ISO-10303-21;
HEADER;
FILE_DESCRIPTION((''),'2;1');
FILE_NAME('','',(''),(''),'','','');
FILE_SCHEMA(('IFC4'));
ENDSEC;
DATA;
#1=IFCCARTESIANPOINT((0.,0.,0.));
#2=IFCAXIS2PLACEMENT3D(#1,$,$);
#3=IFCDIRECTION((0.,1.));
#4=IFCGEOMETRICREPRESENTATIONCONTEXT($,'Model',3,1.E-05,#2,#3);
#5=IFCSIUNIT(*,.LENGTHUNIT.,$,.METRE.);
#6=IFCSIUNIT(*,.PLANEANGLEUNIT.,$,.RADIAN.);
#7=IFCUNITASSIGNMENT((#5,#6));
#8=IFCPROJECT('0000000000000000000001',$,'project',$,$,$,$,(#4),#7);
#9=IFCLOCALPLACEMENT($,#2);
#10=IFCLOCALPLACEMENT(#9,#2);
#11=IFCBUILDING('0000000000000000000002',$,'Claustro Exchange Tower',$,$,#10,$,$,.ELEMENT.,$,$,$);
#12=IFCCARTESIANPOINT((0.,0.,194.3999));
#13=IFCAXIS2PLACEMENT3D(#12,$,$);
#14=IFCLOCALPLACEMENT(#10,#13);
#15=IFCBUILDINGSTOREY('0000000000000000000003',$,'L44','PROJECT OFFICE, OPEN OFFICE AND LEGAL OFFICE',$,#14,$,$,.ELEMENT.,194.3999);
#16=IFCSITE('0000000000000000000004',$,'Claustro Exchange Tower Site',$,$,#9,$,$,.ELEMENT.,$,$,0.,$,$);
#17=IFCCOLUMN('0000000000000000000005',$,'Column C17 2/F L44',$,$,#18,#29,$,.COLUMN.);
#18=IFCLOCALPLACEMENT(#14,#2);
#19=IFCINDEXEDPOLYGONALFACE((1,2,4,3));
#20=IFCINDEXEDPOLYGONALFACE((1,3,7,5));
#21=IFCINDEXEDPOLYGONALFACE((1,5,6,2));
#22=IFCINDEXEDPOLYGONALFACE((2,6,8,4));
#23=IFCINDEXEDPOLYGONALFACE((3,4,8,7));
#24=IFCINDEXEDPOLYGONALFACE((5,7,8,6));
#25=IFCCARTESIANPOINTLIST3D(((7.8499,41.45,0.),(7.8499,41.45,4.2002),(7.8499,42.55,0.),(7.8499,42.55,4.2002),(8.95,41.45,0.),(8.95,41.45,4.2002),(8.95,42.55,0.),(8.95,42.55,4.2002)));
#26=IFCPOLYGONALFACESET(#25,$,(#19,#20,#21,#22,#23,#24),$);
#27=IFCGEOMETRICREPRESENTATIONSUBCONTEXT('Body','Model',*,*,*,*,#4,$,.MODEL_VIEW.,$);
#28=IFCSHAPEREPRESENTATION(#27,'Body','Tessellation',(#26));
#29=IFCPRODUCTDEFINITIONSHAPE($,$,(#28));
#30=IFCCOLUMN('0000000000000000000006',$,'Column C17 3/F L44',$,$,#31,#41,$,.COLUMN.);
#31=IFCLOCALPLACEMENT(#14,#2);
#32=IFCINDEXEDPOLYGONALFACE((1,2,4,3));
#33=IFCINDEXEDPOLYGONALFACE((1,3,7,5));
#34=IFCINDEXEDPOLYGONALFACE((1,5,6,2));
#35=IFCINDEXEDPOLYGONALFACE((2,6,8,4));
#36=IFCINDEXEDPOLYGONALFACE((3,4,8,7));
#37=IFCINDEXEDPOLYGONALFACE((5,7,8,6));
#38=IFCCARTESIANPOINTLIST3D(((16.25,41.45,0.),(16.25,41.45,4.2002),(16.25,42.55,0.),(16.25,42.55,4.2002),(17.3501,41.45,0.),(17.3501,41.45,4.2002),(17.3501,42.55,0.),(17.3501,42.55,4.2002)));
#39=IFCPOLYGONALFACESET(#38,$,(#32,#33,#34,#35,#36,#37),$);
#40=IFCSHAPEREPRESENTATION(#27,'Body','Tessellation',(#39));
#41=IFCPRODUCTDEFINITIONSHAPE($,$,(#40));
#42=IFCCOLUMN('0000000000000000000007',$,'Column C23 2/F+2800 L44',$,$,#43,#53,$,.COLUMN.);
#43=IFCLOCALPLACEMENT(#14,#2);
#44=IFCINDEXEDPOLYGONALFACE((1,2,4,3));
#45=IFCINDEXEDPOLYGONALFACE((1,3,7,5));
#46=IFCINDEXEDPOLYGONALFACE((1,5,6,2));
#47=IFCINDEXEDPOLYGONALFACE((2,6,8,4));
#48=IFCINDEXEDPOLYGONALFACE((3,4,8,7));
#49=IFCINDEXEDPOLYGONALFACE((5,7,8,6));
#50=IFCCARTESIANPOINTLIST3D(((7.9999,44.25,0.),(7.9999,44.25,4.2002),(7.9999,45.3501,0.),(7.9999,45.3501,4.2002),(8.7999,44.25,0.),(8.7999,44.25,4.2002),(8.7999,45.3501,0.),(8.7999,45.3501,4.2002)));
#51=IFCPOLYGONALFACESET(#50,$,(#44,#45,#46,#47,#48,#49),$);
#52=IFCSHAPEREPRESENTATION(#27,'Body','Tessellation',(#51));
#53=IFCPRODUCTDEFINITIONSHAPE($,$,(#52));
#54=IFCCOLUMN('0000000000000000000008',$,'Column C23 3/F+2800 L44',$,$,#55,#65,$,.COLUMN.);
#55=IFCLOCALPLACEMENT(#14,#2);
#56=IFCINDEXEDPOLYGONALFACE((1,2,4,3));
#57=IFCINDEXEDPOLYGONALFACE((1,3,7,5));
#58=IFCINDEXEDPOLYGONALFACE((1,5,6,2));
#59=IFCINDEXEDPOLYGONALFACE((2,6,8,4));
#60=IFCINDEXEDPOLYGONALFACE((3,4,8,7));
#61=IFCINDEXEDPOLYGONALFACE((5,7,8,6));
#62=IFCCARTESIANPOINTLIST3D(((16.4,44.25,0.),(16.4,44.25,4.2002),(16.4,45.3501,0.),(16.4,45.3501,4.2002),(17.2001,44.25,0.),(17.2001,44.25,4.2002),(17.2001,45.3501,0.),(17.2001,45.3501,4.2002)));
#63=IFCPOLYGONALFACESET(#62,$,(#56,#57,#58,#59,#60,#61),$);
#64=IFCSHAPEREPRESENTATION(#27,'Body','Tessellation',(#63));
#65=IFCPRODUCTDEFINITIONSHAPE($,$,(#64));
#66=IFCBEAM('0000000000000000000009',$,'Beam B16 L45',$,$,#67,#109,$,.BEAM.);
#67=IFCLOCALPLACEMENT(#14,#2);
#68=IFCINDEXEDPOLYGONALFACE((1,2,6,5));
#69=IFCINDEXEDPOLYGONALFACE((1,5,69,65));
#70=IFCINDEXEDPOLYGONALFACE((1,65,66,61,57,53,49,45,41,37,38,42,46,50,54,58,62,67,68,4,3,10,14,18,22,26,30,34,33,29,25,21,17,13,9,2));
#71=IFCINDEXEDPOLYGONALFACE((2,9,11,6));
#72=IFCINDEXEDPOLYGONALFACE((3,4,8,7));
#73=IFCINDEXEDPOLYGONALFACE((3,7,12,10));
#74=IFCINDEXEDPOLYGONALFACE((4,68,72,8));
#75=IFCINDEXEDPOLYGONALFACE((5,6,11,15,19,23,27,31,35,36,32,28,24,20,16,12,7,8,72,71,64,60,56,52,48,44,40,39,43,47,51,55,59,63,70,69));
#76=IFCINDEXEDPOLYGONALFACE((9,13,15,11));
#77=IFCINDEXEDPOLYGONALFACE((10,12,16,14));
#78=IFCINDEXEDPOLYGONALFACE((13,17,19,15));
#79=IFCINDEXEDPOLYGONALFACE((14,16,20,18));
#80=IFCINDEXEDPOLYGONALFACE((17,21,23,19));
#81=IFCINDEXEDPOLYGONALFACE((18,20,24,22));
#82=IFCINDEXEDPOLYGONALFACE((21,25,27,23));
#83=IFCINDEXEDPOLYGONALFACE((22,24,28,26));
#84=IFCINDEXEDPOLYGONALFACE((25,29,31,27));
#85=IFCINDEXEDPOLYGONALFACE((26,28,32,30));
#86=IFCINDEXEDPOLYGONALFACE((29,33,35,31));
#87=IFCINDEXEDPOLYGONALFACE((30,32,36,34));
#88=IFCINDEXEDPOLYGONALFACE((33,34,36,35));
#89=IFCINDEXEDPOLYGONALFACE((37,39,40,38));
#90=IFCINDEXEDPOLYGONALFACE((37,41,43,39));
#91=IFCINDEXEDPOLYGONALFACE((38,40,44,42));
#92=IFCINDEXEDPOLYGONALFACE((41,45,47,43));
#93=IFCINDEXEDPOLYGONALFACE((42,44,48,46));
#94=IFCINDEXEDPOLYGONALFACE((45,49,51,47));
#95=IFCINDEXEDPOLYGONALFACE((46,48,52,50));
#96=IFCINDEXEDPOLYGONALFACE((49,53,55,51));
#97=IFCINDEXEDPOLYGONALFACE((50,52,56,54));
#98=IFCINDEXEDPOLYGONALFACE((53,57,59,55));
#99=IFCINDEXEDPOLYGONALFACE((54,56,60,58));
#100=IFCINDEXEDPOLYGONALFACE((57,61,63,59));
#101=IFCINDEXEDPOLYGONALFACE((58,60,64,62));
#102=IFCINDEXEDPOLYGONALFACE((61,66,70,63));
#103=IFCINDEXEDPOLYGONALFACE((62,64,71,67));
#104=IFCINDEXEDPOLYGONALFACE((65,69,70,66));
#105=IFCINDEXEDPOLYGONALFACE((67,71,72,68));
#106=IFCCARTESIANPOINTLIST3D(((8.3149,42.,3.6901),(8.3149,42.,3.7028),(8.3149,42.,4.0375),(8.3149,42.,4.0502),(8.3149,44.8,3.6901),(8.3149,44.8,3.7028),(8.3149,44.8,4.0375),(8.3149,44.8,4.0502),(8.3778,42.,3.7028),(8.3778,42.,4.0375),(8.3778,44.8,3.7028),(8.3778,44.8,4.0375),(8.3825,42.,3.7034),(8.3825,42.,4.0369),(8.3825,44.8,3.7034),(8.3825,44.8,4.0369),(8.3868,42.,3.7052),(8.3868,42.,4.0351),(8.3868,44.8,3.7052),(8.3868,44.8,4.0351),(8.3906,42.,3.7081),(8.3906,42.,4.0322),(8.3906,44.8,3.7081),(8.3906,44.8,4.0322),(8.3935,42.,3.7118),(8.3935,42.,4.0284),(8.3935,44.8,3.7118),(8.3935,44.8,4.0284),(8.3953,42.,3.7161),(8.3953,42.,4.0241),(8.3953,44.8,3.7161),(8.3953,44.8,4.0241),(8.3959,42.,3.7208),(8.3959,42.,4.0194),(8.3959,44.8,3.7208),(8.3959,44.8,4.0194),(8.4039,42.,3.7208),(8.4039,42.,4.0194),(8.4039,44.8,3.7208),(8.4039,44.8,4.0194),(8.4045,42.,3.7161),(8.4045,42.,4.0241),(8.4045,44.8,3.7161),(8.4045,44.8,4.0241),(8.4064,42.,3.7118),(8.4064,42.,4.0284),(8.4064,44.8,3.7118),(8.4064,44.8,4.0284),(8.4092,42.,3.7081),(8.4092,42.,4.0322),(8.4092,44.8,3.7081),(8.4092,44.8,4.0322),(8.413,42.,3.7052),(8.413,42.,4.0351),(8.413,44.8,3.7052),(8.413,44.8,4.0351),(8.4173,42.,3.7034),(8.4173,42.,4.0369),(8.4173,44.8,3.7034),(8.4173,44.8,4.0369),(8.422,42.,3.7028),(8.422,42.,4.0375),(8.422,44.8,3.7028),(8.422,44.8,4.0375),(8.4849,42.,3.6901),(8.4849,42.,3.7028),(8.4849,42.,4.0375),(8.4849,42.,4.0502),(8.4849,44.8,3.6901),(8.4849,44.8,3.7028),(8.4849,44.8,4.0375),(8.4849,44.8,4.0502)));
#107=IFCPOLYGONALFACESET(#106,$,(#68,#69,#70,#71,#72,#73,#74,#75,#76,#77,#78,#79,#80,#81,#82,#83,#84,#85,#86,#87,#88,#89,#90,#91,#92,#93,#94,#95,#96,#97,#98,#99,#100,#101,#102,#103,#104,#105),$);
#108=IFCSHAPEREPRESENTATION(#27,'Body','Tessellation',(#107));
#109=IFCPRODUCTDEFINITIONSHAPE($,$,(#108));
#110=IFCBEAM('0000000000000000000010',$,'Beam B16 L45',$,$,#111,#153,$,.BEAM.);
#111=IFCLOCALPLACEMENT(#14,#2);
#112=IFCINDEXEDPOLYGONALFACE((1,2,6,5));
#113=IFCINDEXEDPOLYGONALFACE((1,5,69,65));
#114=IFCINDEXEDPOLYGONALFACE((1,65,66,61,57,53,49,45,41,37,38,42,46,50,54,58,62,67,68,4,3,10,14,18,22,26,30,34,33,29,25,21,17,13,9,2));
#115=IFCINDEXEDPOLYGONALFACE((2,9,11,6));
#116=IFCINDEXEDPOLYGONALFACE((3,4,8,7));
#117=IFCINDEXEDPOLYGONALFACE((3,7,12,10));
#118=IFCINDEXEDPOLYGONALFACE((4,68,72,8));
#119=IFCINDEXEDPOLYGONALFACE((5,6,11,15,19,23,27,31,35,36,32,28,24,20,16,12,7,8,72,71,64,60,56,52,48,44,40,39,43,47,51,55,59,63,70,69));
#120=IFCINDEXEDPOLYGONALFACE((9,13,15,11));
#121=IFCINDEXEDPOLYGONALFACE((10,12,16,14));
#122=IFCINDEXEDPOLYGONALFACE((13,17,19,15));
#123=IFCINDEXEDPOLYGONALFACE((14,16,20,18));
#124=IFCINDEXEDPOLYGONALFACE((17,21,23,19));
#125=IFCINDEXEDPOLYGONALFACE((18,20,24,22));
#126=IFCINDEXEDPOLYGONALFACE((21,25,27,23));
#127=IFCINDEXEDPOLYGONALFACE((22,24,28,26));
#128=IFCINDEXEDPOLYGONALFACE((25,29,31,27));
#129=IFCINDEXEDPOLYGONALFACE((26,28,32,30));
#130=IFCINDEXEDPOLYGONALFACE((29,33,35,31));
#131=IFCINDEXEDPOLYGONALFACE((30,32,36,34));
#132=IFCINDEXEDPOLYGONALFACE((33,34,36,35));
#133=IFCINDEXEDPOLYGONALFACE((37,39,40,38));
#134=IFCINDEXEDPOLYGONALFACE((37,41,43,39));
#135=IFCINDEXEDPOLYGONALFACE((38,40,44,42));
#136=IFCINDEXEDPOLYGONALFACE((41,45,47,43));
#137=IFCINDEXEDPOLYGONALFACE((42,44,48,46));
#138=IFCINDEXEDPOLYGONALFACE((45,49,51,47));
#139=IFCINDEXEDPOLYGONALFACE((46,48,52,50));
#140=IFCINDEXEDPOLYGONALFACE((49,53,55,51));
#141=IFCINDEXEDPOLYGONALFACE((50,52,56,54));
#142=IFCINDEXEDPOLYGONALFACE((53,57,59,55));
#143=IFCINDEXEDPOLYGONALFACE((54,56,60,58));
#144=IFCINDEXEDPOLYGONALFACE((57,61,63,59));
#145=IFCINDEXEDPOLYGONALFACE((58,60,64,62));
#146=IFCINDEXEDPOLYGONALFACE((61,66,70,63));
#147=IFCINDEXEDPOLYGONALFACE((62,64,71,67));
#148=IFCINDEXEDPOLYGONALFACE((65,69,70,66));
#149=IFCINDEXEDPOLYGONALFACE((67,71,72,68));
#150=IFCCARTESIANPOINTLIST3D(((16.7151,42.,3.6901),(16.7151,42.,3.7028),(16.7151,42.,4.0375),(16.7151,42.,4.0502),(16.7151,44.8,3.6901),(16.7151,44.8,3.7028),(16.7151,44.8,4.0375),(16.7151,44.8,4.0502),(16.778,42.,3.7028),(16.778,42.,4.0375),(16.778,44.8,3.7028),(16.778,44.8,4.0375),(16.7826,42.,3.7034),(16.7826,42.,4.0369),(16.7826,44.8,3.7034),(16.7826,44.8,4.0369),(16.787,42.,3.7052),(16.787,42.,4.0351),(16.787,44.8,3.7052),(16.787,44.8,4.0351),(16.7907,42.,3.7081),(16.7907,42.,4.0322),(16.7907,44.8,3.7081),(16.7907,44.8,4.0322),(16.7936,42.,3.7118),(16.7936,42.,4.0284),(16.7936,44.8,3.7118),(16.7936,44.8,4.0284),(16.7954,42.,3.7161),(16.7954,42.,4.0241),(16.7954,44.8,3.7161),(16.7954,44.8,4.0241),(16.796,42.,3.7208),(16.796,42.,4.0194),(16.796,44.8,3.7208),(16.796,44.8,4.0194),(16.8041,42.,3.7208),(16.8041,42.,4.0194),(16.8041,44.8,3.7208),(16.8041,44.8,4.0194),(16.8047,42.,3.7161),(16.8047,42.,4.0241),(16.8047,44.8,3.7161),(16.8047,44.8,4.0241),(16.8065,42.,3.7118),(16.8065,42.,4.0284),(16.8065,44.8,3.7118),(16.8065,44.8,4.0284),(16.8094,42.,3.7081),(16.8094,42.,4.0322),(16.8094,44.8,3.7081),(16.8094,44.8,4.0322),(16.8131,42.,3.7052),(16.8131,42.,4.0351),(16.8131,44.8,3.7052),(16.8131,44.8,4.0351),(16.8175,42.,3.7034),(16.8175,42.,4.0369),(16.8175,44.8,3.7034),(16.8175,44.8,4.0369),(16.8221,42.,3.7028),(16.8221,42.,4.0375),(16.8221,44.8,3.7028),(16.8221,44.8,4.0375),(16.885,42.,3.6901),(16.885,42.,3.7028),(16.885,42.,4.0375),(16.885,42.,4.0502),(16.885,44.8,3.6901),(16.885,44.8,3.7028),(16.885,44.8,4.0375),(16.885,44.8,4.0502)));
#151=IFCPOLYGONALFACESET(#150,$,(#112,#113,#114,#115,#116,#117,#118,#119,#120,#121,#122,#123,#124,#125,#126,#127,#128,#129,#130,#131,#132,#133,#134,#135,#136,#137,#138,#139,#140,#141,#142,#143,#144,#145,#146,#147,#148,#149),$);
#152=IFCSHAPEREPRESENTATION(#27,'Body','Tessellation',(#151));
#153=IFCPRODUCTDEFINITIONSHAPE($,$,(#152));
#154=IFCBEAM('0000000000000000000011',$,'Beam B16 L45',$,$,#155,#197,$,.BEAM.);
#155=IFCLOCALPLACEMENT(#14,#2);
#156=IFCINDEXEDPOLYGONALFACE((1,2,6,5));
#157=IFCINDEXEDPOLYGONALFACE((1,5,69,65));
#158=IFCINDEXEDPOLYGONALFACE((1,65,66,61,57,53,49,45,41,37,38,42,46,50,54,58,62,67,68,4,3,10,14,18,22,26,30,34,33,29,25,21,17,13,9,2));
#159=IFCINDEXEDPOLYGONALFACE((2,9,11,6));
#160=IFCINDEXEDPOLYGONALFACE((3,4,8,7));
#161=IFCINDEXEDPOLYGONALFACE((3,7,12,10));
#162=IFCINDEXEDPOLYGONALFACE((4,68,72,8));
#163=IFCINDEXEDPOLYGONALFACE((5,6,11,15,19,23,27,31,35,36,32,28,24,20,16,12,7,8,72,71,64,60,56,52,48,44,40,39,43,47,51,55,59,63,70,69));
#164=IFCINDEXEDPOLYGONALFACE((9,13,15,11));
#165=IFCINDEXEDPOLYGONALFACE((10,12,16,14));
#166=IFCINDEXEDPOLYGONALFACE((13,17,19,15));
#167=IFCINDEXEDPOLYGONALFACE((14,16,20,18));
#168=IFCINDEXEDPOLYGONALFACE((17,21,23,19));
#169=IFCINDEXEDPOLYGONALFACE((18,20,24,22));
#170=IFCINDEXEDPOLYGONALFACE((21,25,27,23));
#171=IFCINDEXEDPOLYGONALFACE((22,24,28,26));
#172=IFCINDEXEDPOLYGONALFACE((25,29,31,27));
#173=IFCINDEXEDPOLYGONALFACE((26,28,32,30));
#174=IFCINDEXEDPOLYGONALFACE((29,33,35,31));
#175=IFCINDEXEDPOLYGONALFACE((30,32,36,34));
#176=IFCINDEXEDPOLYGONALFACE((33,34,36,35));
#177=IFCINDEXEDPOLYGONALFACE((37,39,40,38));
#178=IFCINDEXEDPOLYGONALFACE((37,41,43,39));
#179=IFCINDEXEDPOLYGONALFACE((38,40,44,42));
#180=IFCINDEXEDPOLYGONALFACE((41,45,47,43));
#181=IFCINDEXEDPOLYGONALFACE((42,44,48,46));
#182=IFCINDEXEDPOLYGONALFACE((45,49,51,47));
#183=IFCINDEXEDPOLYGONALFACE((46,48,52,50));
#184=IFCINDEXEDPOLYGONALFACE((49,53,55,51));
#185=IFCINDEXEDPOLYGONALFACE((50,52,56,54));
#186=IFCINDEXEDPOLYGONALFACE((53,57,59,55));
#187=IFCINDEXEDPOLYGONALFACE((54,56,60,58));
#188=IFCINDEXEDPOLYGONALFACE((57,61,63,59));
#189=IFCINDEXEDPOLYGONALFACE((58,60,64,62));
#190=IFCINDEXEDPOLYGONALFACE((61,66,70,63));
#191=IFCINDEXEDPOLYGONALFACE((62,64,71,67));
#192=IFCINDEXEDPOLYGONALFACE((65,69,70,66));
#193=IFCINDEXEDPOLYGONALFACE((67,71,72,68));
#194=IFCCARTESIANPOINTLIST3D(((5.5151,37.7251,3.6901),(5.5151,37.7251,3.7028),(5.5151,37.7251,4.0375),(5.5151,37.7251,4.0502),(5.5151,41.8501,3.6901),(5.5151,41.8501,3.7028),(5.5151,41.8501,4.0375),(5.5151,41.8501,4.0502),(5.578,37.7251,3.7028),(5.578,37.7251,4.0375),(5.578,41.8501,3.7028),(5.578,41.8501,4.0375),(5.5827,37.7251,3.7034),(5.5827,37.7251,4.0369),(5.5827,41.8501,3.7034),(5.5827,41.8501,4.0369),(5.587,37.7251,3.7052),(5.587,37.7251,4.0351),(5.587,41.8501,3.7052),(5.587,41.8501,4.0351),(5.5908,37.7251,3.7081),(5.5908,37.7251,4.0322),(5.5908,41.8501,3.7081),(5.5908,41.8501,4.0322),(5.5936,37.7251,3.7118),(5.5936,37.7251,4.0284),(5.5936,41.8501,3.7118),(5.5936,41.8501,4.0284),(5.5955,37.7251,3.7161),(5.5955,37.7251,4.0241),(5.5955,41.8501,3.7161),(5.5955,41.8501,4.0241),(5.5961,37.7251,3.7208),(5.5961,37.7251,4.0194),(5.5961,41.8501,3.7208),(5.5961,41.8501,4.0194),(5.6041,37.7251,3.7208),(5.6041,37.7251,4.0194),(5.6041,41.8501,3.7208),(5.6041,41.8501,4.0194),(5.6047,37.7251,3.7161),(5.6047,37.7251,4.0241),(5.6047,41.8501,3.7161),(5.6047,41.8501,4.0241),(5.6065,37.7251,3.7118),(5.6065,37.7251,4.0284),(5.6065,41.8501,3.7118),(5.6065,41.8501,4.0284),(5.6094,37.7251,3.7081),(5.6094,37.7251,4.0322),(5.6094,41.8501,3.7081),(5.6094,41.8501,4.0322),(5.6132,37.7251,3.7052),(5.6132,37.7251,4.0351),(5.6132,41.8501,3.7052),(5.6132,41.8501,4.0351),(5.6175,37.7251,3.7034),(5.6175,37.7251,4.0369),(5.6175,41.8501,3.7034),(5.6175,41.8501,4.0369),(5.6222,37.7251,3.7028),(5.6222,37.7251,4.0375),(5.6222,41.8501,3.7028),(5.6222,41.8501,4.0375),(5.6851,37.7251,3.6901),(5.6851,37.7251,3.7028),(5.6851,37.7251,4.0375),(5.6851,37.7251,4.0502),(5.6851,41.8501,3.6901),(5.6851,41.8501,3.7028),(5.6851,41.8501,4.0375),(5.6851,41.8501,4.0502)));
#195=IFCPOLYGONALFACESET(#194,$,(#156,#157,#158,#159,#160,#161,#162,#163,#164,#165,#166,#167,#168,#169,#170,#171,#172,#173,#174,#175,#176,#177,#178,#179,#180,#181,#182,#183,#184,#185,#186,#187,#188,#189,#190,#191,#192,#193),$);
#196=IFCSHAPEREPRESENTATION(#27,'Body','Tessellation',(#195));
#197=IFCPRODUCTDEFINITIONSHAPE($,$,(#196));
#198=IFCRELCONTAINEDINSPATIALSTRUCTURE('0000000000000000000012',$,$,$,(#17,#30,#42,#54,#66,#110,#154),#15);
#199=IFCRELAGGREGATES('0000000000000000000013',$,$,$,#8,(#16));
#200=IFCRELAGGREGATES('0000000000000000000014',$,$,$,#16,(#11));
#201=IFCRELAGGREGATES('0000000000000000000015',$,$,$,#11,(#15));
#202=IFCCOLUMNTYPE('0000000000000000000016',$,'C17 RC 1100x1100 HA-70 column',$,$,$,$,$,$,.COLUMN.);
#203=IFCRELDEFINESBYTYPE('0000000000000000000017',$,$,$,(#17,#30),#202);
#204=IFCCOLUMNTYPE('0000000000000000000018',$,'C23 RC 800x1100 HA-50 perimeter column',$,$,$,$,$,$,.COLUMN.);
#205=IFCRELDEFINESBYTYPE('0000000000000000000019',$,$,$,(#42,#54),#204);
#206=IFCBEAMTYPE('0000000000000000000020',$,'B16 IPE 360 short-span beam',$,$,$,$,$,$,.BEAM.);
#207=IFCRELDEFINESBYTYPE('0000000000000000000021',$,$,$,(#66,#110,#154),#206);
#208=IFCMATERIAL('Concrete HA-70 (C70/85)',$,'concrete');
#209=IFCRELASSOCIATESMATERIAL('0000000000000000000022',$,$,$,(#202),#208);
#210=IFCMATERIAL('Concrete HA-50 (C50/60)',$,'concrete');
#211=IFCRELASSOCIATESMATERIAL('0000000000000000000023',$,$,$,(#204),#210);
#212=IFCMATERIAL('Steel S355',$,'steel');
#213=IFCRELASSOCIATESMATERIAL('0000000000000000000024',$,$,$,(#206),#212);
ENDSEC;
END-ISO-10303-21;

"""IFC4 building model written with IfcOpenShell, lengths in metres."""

from ifc_helpers import new_model, si_unit, direction, frame, origin, origin_2d, place, context, subcontext, project, spatial, rectangle, i_section, extrude, material, material_profile, profile_set, type_object, element, save


model = new_model("IFC4")

# Units and contexts
model_context = context("Model", 3, precision=1e-05, world=origin(), true_north=direction((0.0, 1.0)))
body_context = subcontext(model_context, "Body", "Model", "MODEL_VIEW")
ifc_project = project(units=[si_unit("LENGTHUNIT", "METRE"), si_unit("PLANEANGLEUNIT", "RADIAN")], contexts=[model_context])

# Site, building, storey
site_placement = place(None, origin())
site = spatial("IfcSite", under=ifc_project, at=site_placement, Name="Claustro Exchange Tower Site", CompositionType="ELEMENT", RefElevation=0.0)
building_placement = place(site_placement, origin())
building = spatial("IfcBuilding", under=site, at=building_placement, Name="Claustro Exchange Tower", CompositionType="ELEMENT")
storey_placement = place(building_placement, frame((0.0, 0.0, 194.3999)))
storey = spatial("IfcBuildingStorey", under=building, at=storey_placement, Name="L44", Description="PROJECT OFFICE, OPEN OFFICE AND LEGAL OFFICE", CompositionType="ELEMENT", Elevation=194.3999)

# Columns
ifc_material_1 = material(Name="Concrete HA-70 (C70/85)", Category="concrete")
ifc_material_profile_1 = material_profile(ifc_material_1, rectangle(XDim=1.1001, YDim=1.1001, at=origin_2d()), Name="RC 1100x1100")
ifc_profile_set_1 = profile_set([ifc_material_profile_1], Name="Concrete HA-70 (C70/85)")
column_type_1 = type_object("IfcColumnType", Name="C17 RC 1100x1100 HA-70 column", PredefinedType="COLUMN", material=ifc_profile_set_1)
for number, where, z_axis, x_axis, name in (
    (1, (8.3999, 42.0, 0.0), (0.0, 0.0, 1.0), (1.0, 0.0, 0.0), "Column C17 2/F L44"),
    (2, (16.8, 42.0, 0.0), (0.0, 0.0, 1.0), (1.0, 0.0, 0.0), "Column C17 3/F L44"),
):
    element("IfcColumn", number, at=place(storey_placement, frame(where, z_axis=z_axis, x_axis=x_axis)), inside=storey, type_object=column_type_1, Name=name, PredefinedType="COLUMN", context=body_context, shape_type="SweptSolid", body=[
        extrude(rectangle(XDim=1.1001, YDim=1.1001, at=origin_2d()), origin(), (0.0, 0.0, 1.0), 4.2002),
    ])
ifc_material_2 = material(Name="Concrete HA-50 (C50/60)", Category="concrete")
ifc_material_profile_2 = material_profile(ifc_material_2, rectangle(XDim=0.8, YDim=1.1001, at=origin_2d()), Name="RC 800x1100")
ifc_profile_set_2 = profile_set([ifc_material_profile_2], Name="Concrete HA-50 (C50/60)")
column_type_2 = type_object("IfcColumnType", Name="C23 RC 800x1100 HA-50 perimeter column", PredefinedType="COLUMN", material=ifc_profile_set_2)
for number, where, z_axis, x_axis, name in (
    (3, (8.3999, 44.8, 0.0), (0.0, 0.0, 1.0), (1.0, 0.0, 0.0), "Column C23 2/F+2800 L44"),
    (4, (16.8, 44.8, 0.0), (0.0, 0.0, 1.0), (1.0, 0.0, 0.0), "Column C23 3/F+2800 L44"),
):
    element("IfcColumn", number, at=place(storey_placement, frame(where, z_axis=z_axis, x_axis=x_axis)), inside=storey, type_object=column_type_2, Name=name, PredefinedType="COLUMN", context=body_context, shape_type="SweptSolid", body=[
        extrude(rectangle(XDim=0.8, YDim=1.1001, at=origin_2d()), origin(), (0.0, 0.0, 1.0), 4.2002),
    ])

# Beams
ifc_material_3 = material(Name="Steel S355", Category="steel")
ifc_material_profile_3 = material_profile(ifc_material_3, i_section(OverallWidth=0.1699, OverallDepth=0.3601, WebThickness=0.0081, FlangeThickness=0.0127, FilletRadius=0.0181, at=origin_2d()), Name="IPE 360")
ifc_profile_set_3 = profile_set([ifc_material_profile_3], Name="Steel S355")
beam_type_1 = type_object("IfcBeamType", Name="B16 IPE 360 short-span beam", PredefinedType="BEAM", material=ifc_profile_set_3)
for number, where, z_axis, x_axis, name in (
    (5, (8.3999, 42.0, 3.8701), (0.0, 1.0, 0.0), (-1.0, 0.0, 0.0), "Beam B16 L45"),
    (6, (16.8, 42.0, 3.8701), (0.0, 1.0, 0.0), (-1.0, 0.0, 0.0), "Beam B16 L45"),
):
    element("IfcBeam", number, at=place(storey_placement, frame(where, z_axis=z_axis, x_axis=x_axis)), inside=storey, type_object=beam_type_1, Name=name, PredefinedType="BEAM", context=body_context, shape_type="SweptSolid", body=[
        extrude(i_section(OverallWidth=0.1699, OverallDepth=0.3601, WebThickness=0.0081, FlangeThickness=0.0127, FilletRadius=0.0181, at=origin_2d()), origin(), (0.0, 0.0, 1.0), 2.8),
    ])
for number, where, z_axis, x_axis, name in (
    (7, (5.6001, 37.7251, 3.8701), (0.0, 1.0, 0.0), (-1.0, 0.0, 0.0), "Beam B16 L45"),
):
    element("IfcBeam", number, at=place(storey_placement, frame(where, z_axis=z_axis, x_axis=x_axis)), inside=storey, type_object=beam_type_1, Name=name, PredefinedType="BEAM", context=body_context, shape_type="SweptSolid", body=[
        extrude(i_section(OverallWidth=0.1699, OverallDepth=0.3601, WebThickness=0.0081, FlangeThickness=0.0127, FilletRadius=0.0181, at=origin_2d()), origin(), (0.0, 0.0, 1.0), 4.125),
    ])

save(model, "model.ifc")
